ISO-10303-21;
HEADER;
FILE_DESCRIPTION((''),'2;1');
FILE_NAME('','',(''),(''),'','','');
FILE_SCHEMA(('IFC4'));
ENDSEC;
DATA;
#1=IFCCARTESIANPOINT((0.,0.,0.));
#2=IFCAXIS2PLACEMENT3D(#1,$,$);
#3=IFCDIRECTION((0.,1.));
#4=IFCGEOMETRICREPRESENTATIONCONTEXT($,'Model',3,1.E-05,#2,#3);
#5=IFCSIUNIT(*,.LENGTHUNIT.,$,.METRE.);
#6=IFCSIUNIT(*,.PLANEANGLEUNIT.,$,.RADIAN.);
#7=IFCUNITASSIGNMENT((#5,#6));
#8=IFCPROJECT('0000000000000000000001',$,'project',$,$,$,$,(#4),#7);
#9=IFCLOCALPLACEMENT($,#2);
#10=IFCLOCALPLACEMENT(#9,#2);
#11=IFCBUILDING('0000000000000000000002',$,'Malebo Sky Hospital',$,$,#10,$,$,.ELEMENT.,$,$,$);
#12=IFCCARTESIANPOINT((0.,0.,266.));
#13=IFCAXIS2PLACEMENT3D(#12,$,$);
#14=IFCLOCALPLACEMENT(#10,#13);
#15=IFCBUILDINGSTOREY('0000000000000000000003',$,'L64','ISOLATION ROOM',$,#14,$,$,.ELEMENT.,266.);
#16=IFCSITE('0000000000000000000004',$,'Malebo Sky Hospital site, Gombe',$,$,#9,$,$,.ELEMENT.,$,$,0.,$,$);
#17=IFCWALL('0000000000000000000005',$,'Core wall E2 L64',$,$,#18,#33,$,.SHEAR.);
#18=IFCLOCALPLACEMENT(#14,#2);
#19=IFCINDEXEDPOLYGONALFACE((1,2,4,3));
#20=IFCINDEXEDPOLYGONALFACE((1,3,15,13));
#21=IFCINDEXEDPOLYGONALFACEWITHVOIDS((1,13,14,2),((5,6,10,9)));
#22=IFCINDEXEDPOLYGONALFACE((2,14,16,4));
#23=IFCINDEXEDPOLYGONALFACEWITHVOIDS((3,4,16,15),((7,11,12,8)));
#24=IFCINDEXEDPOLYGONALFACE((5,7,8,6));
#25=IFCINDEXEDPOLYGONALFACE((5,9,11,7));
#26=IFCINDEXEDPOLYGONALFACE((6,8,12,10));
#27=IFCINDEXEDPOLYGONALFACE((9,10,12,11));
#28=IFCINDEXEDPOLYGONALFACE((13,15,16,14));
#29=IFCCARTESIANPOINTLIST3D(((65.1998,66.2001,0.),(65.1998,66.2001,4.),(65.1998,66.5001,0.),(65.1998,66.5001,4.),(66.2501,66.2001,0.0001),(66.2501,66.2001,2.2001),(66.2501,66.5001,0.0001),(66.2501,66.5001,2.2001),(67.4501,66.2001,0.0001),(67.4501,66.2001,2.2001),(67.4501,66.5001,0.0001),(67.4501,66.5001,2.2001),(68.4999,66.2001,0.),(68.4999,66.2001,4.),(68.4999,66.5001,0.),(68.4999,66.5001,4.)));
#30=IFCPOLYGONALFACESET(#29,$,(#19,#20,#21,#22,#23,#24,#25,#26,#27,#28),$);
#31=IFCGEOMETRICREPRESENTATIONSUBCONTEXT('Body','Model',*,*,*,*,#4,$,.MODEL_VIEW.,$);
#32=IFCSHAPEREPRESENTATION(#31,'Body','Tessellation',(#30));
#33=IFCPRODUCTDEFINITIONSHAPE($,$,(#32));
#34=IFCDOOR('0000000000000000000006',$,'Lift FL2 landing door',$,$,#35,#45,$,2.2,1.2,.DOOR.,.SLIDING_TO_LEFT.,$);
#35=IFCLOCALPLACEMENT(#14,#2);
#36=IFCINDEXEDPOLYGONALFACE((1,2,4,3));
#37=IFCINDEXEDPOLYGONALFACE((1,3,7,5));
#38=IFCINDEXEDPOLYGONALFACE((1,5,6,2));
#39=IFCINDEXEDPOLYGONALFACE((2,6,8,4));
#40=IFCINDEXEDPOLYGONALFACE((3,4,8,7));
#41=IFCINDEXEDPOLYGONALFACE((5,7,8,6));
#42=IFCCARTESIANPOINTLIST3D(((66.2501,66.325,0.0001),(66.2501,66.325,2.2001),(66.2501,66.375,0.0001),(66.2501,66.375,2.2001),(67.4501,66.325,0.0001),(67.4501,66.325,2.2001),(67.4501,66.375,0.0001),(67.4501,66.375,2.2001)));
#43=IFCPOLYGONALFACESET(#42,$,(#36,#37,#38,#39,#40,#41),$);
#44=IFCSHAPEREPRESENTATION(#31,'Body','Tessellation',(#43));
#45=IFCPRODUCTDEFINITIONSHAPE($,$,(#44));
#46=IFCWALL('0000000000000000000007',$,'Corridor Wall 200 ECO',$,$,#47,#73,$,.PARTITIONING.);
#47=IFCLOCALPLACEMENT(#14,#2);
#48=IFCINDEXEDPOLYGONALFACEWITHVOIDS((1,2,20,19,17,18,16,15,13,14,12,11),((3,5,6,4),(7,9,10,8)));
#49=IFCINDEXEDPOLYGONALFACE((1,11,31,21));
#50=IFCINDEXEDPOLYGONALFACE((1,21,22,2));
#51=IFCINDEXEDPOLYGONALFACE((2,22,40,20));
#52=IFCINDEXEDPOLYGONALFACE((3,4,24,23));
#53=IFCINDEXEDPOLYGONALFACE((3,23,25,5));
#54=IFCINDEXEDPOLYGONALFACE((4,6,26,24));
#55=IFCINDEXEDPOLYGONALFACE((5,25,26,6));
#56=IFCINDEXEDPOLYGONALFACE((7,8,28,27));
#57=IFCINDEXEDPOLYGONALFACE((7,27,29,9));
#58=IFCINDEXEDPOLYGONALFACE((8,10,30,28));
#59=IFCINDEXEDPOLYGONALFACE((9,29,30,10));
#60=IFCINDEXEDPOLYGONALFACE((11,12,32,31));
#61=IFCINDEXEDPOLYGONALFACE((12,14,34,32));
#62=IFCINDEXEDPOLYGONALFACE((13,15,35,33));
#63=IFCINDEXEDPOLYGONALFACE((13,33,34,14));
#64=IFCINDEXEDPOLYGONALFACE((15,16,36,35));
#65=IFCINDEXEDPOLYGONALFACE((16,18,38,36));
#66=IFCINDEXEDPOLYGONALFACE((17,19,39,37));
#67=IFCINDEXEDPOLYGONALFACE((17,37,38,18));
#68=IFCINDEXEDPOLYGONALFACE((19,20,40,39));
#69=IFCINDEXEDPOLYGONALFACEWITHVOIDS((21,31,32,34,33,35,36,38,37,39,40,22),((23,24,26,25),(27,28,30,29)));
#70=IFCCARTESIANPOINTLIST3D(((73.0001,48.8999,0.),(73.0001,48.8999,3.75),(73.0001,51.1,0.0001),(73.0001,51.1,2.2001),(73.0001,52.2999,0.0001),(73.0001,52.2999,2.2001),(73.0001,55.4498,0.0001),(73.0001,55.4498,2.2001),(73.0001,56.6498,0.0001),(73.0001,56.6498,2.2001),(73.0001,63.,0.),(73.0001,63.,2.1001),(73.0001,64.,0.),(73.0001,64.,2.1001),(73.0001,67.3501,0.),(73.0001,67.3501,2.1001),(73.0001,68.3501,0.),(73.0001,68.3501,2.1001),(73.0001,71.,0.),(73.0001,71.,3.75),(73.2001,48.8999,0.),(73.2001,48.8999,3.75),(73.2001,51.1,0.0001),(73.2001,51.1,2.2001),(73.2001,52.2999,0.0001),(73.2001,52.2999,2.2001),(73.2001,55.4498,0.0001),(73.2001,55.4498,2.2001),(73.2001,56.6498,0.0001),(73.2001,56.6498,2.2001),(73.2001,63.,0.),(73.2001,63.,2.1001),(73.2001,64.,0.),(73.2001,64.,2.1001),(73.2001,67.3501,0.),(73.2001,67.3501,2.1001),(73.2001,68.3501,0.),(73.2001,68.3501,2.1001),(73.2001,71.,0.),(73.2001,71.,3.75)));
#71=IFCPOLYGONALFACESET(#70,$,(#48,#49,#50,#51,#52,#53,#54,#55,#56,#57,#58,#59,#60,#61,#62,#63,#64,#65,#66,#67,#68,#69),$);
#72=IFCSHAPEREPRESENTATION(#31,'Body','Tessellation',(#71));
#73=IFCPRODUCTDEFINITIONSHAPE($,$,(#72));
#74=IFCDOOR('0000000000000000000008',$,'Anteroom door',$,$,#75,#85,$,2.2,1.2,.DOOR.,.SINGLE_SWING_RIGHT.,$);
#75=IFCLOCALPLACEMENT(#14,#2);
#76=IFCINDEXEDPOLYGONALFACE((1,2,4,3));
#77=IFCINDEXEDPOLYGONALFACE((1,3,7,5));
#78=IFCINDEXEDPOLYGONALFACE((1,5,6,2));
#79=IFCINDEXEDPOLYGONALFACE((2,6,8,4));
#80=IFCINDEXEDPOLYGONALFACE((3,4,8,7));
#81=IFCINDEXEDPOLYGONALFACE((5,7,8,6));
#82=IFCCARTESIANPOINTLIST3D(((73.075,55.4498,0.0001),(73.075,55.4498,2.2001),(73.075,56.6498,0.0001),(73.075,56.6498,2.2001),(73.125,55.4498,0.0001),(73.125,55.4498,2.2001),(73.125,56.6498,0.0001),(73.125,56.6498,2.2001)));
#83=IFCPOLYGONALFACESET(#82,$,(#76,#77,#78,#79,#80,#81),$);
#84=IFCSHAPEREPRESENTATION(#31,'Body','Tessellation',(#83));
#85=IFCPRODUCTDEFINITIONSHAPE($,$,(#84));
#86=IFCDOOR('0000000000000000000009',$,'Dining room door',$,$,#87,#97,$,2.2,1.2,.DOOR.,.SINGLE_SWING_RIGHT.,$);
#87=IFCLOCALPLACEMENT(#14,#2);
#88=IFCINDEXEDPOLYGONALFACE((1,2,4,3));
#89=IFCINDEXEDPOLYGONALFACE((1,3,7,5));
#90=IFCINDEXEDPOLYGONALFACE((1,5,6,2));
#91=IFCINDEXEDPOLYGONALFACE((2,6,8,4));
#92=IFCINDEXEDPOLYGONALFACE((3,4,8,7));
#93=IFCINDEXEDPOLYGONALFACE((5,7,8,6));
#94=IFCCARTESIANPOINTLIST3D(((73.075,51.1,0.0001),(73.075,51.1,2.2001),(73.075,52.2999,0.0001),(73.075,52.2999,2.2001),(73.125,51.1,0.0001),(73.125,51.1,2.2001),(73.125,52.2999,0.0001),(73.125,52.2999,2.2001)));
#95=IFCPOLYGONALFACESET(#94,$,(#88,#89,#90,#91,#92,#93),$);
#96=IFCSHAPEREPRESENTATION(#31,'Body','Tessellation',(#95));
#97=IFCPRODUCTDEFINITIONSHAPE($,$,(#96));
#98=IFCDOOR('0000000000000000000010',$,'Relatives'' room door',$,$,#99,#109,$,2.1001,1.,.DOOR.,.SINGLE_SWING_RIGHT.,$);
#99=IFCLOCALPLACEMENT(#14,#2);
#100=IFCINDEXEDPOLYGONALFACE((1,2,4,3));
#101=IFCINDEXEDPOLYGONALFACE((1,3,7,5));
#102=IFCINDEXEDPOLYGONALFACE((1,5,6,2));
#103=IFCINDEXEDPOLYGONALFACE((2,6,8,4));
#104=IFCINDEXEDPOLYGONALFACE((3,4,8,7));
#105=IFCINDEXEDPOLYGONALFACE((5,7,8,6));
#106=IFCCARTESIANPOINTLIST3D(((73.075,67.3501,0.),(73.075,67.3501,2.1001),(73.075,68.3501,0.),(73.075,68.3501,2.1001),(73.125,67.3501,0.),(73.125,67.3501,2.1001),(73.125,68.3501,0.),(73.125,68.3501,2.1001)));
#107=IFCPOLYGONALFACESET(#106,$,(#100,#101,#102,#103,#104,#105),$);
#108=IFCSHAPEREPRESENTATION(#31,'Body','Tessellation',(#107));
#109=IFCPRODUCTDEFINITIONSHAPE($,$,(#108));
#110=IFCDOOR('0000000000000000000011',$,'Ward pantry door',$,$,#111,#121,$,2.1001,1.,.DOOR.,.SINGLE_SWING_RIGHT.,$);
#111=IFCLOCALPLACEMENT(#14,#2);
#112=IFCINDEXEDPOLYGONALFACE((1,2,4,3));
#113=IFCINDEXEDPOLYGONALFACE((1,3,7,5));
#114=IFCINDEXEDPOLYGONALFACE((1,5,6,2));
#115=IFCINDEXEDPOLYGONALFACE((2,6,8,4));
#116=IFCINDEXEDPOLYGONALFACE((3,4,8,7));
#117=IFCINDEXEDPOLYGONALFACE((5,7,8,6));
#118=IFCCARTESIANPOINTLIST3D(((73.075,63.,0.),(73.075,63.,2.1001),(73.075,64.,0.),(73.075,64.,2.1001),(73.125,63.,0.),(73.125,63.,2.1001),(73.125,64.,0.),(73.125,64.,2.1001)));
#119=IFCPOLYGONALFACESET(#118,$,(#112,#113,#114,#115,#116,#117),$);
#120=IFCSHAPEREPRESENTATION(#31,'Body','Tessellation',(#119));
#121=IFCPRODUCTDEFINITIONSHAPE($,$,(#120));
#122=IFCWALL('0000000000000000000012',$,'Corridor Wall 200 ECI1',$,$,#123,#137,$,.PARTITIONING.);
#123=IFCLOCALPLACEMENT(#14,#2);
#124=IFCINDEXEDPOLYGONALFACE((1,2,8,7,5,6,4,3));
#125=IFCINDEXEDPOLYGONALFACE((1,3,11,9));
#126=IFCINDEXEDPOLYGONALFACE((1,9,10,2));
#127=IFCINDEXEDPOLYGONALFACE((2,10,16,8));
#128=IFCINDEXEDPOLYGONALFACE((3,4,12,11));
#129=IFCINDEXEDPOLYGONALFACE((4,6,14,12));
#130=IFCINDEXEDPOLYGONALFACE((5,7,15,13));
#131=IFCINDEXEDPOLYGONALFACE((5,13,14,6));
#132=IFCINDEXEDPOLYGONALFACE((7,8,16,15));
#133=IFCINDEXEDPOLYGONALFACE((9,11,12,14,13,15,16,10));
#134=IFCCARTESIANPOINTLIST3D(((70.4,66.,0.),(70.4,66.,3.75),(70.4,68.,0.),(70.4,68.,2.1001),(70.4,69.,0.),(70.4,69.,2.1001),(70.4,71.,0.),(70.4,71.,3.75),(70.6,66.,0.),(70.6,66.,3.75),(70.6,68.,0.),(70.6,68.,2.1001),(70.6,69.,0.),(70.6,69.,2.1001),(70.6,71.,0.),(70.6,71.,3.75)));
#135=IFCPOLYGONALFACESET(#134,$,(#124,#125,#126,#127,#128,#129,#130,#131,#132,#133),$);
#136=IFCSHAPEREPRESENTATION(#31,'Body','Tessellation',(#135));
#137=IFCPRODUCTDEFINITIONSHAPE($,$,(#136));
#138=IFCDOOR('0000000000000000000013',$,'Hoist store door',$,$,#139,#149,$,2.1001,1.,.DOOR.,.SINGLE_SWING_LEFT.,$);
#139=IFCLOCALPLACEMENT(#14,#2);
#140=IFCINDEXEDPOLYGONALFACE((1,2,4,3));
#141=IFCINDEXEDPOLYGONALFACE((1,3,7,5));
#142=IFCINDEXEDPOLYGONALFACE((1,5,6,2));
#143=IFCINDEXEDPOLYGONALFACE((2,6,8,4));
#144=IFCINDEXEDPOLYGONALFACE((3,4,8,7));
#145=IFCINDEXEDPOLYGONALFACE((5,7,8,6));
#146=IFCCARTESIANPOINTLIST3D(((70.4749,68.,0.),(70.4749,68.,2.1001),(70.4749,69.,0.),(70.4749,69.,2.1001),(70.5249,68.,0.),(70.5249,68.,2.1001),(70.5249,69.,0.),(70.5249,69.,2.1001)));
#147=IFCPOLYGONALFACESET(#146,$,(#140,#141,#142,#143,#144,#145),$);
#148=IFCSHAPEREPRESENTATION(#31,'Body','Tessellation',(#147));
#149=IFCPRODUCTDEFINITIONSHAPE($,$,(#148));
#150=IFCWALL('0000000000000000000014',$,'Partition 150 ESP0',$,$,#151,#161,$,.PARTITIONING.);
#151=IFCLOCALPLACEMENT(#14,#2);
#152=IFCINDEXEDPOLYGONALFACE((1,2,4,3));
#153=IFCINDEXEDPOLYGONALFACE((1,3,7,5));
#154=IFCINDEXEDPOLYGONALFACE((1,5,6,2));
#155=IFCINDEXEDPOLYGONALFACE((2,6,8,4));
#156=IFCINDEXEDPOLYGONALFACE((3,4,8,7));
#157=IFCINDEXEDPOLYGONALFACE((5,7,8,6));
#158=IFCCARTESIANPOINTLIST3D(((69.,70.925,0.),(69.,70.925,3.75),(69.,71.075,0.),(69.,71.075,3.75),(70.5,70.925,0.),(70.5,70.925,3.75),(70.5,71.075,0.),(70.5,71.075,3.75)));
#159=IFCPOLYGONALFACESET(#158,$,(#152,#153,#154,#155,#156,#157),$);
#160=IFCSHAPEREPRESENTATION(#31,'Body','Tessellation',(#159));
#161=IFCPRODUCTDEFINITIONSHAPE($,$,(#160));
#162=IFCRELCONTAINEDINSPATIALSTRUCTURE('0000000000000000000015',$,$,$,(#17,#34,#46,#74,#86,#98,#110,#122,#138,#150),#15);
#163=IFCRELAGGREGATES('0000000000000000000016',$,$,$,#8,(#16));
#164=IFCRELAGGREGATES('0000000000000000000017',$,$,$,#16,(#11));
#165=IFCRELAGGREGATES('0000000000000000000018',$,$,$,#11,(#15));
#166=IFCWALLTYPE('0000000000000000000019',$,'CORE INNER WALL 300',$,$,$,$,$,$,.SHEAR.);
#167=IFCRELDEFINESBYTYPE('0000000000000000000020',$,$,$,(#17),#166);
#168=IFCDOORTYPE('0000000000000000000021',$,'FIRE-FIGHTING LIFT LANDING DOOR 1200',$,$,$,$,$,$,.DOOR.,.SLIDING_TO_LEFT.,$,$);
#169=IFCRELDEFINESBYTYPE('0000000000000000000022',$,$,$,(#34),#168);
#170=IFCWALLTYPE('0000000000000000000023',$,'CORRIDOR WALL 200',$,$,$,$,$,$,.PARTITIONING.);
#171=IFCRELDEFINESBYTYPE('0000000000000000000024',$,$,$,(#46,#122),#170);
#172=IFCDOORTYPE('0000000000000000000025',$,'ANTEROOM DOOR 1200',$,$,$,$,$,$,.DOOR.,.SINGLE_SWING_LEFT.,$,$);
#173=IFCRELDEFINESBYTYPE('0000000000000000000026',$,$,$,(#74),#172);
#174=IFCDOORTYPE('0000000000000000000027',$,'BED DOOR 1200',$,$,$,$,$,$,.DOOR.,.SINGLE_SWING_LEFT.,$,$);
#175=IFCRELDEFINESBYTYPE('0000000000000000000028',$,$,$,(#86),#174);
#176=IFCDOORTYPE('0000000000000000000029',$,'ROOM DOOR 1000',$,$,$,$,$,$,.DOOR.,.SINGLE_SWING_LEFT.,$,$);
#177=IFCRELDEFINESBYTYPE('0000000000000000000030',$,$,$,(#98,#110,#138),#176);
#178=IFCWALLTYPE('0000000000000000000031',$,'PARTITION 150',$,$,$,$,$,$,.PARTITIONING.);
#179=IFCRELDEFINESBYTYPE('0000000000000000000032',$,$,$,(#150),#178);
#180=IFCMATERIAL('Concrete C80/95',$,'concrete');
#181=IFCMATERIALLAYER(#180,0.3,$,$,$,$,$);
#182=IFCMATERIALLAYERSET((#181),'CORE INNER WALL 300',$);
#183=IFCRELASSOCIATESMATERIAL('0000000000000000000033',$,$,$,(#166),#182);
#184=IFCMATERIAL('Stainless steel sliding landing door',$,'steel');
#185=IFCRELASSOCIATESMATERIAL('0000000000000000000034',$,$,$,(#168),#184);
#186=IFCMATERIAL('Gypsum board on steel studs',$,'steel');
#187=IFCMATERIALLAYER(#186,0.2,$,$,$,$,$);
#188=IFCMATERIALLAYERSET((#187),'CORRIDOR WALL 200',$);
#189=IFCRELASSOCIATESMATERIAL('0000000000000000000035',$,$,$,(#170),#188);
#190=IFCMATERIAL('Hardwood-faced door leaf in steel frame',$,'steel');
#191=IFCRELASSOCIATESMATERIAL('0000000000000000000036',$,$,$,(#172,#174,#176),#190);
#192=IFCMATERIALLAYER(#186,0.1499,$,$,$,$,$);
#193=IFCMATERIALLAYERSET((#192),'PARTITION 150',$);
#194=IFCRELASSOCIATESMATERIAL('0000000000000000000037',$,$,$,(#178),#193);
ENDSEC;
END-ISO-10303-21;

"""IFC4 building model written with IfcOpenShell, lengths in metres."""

from ifc_helpers import new_model, si_unit, direction, frame, frame_2d, origin, place, context, subcontext, project, spatial, rectangle, extrude, material, layer, layer_set, type_object, element, fill, save


model = new_model("IFC4")

# Units and contexts
model_context = context("Model", 3, precision=1e-05, world=origin(), true_north=direction((0.0, 1.0)))
body_context = subcontext(model_context, "Body", "Model", "MODEL_VIEW")
ifc_project = project(units=[si_unit("LENGTHUNIT", "METRE"), si_unit("PLANEANGLEUNIT", "RADIAN")], contexts=[model_context])

# Site, building, storey
site_placement = place(None, origin())
site = spatial("IfcSite", under=ifc_project, at=site_placement, Name="Malebo Sky Hospital site, Gombe", CompositionType="ELEMENT", RefElevation=0.0)
building_placement = place(site_placement, origin())
building = spatial("IfcBuilding", under=site, at=building_placement, Name="Malebo Sky Hospital", CompositionType="ELEMENT")
storey_placement = place(building_placement, frame((0.0, 0.0, 266.0)))
storey = spatial("IfcBuildingStorey", under=building, at=storey_placement, Name="L64", Description="ISOLATION ROOM", CompositionType="ELEMENT", Elevation=266.0)

# Wall, opening, door
ifc_material_1 = material(Name="Concrete C80/95", Category="concrete")
ifc_layer_1 = layer(ifc_material_1, 0.3)
ifc_layer_set_1 = layer_set([ifc_layer_1], Name="CORE INNER WALL 300")
wall_type_1 = type_object("IfcWallType", Name="CORE INNER WALL 300", PredefinedType="SHEAR", material=ifc_layer_set_1)
wall_1_placement = place(storey_placement, frame((65.2, 66.3501, 0.0), z_axis=(0.0, 0.0, 1.0), x_axis=(1.0, 0.0, 0.0)))
wall_1 = element("IfcWall", 1, at=wall_1_placement, inside=storey, type_object=wall_type_1, Name="Core wall E2 L64", PredefinedType="SHEAR", context=body_context, shape_type="SweptSolid", body=[
    extrude(rectangle(XDim=3.3, YDim=0.3, at=frame_2d((1.6499, 0.0))), origin(), (0.0, 0.0, 1.0), 4.0),
])
opening_1_placement = place(wall_1_placement, frame((1.05, 0.0, 0.0)))
opening_1 = element("IfcOpeningElement", 2, at=opening_1_placement, cuts=wall_1, PredefinedType="OPENING", context=body_context, shape_type="SweptSolid", body=[
    extrude(rectangle(XDim=1.2, YDim=2.2, at=frame_2d((0.6001, 1.1001))), frame((0.0, 0.1599, 0.0), z_axis=(0.0, -1.0, 0.0), x_axis=(1.0, 0.0, 0.0)), (0.0, 0.0, 1.0), 0.3201),
])
ifc_material_2 = material(Name="Stainless steel sliding landing door", Category="steel")
door_type_1 = type_object("IfcDoorType", Name="FIRE-FIGHTING LIFT LANDING DOOR 1200", OperationType="SLIDING_TO_LEFT", PredefinedType="DOOR", material=ifc_material_2)
door_1_placement = place(opening_1_placement, origin())
door_1 = element("IfcDoor", 3, at=door_1_placement, inside=storey, type_object=door_type_1, Name="Lift FL2 landing door", OperationType="SLIDING_TO_LEFT", OverallHeight=2.2, OverallWidth=1.2, PredefinedType="DOOR", context=body_context, shape_type="SweptSolid", body=[
    extrude(rectangle(XDim=1.2, YDim=2.2, at=frame_2d((0.6001, 1.1001))), frame((0.0, 0.0249, 0.0), z_axis=(0.0, -1.0, 0.0), x_axis=(1.0, 0.0, 0.0)), (0.0, 0.0, 1.0), 0.05),
])
fill(opening_1, door_1)

# Wall, openings, doors
ifc_material_3 = material(Name="Gypsum board on steel studs", Category="steel")
ifc_layer_2 = layer(ifc_material_3, 0.2)
ifc_layer_set_2 = layer_set([ifc_layer_2], Name="CORRIDOR WALL 200")
wall_type_2 = type_object("IfcWallType", Name="CORRIDOR WALL 200", PredefinedType="PARTITIONING", material=ifc_layer_set_2)
wall_2_placement = place(storey_placement, frame((73.1001, 71.0, 0.0), z_axis=(0.0, 0.0, 1.0), x_axis=(0.0, -1.0, 0.0)))
wall_2 = element("IfcWall", 4, at=wall_2_placement, inside=storey, type_object=wall_type_2, Name="Corridor Wall 200 ECO", PredefinedType="PARTITIONING", context=body_context, shape_type="SweptSolid", body=[
    extrude(rectangle(XDim=22.1001, YDim=0.2, at=frame_2d((11.05, 0.0))), origin(), (0.0, 0.0, 1.0), 3.75),
])
opening_2_placement = place(wall_2_placement, frame((2.6499, 0.0, 0.0)))
opening_2 = element("IfcOpeningElement", 5, at=opening_2_placement, cuts=wall_2, PredefinedType="OPENING", context=body_context, shape_type="SweptSolid", body=[
    extrude(rectangle(XDim=1.0, YDim=2.1001, at=frame_2d((0.5, 1.05))), frame((0.0, 0.1099, 0.0), z_axis=(0.0, -1.0, 0.0), x_axis=(1.0, 0.0, 0.0)), (0.0, 0.0, 1.0), 0.22),
])
opening_3_placement = place(wall_2_placement, frame((7.0, 0.0, 0.0)))
opening_3 = element("IfcOpeningElement", 6, at=opening_3_placement, cuts=wall_2, PredefinedType="OPENING", context=body_context, shape_type="SweptSolid", body=[
    extrude(rectangle(XDim=1.0, YDim=2.1001, at=frame_2d((0.5, 1.05))), frame((0.0, 0.1099, 0.0), z_axis=(0.0, -1.0, 0.0), x_axis=(1.0, 0.0, 0.0)), (0.0, 0.0, 1.0), 0.22),
])
opening_4_placement = place(wall_2_placement, frame((14.3501, 0.0, 0.0)))
opening_4 = element("IfcOpeningElement", 7, at=opening_4_placement, cuts=wall_2, PredefinedType="OPENING", context=body_context, shape_type="SweptSolid", body=[
    extrude(rectangle(XDim=1.2, YDim=2.2, at=frame_2d((0.6001, 1.1001))), frame((0.0, 0.1099, 0.0), z_axis=(0.0, -1.0, 0.0), x_axis=(1.0, 0.0, 0.0)), (0.0, 0.0, 1.0), 0.22),
])
opening_5_placement = place(wall_2_placement, frame((18.7, 0.0, 0.0)))
opening_5 = element("IfcOpeningElement", 8, at=opening_5_placement, cuts=wall_2, PredefinedType="OPENING", context=body_context, shape_type="SweptSolid", body=[
    extrude(rectangle(XDim=1.2, YDim=2.2, at=frame_2d((0.6001, 1.1001))), frame((0.0, 0.1099, 0.0), z_axis=(0.0, -1.0, 0.0), x_axis=(1.0, 0.0, 0.0)), (0.0, 0.0, 1.0), 0.22),
])
ifc_material_4 = material(Name="Hardwood-faced door leaf in steel frame", Category="steel")
door_type_2 = type_object("IfcDoorType", Name="ANTEROOM DOOR 1200", OperationType="SINGLE_SWING_LEFT", PredefinedType="DOOR", material=ifc_material_4)
door_2_placement = place(opening_4_placement, origin())
door_2 = element("IfcDoor", 9, at=door_2_placement, inside=storey, type_object=door_type_2, Name="Anteroom door", OperationType="SINGLE_SWING_RIGHT", OverallHeight=2.2, OverallWidth=1.2, PredefinedType="DOOR", context=body_context, shape_type="SweptSolid", body=[
    extrude(rectangle(XDim=1.2, YDim=2.2, at=frame_2d((0.6001, 1.1001))), frame((0.0, 0.0249, 0.0), z_axis=(0.0, -1.0, 0.0), x_axis=(1.0, 0.0, 0.0)), (0.0, 0.0, 1.0), 0.05),
])
fill(opening_4, door_2)
door_type_3 = type_object("IfcDoorType", Name="BED DOOR 1200", OperationType="SINGLE_SWING_LEFT", PredefinedType="DOOR", material=ifc_material_4)
door_3_placement = place(opening_5_placement, origin())
door_3 = element("IfcDoor", 10, at=door_3_placement, inside=storey, type_object=door_type_3, Name="Dining room door", OperationType="SINGLE_SWING_RIGHT", OverallHeight=2.2, OverallWidth=1.2, PredefinedType="DOOR", context=body_context, shape_type="SweptSolid", body=[
    extrude(rectangle(XDim=1.2, YDim=2.2, at=frame_2d((0.6001, 1.1001))), frame((0.0, 0.0249, 0.0), z_axis=(0.0, -1.0, 0.0), x_axis=(1.0, 0.0, 0.0)), (0.0, 0.0, 1.0), 0.05),
])
fill(opening_5, door_3)
door_type_4 = type_object("IfcDoorType", Name="ROOM DOOR 1000", OperationType="SINGLE_SWING_LEFT", PredefinedType="DOOR", material=ifc_material_4)
door_4_placement = place(opening_2_placement, origin())
door_4 = element("IfcDoor", 11, at=door_4_placement, inside=storey, type_object=door_type_4, Name="Relatives' room door", OperationType="SINGLE_SWING_RIGHT", OverallHeight=2.1001, OverallWidth=1.0, PredefinedType="DOOR", context=body_context, shape_type="SweptSolid", body=[
    extrude(rectangle(XDim=1.0, YDim=2.1001, at=frame_2d((0.5, 1.05))), frame((0.0, 0.0249, 0.0), z_axis=(0.0, -1.0, 0.0), x_axis=(1.0, 0.0, 0.0)), (0.0, 0.0, 1.0), 0.05),
])
fill(opening_2, door_4)
door_5_placement = place(opening_3_placement, origin())
door_5 = element("IfcDoor", 12, at=door_5_placement, inside=storey, type_object=door_type_4, Name="Ward pantry door", OperationType="SINGLE_SWING_RIGHT", OverallHeight=2.1001, OverallWidth=1.0, PredefinedType="DOOR", context=body_context, shape_type="SweptSolid", body=[
    extrude(rectangle(XDim=1.0, YDim=2.1001, at=frame_2d((0.5, 1.05))), frame((0.0, 0.0249, 0.0), z_axis=(0.0, -1.0, 0.0), x_axis=(1.0, 0.0, 0.0)), (0.0, 0.0, 1.0), 0.05),
])
fill(opening_3, door_5)

# Wall, opening, door
wall_3_placement = place(storey_placement, frame((70.5, 71.0, 0.0), z_axis=(0.0, 0.0, 1.0), x_axis=(0.0, -1.0, 0.0)))
wall_3 = element("IfcWall", 13, at=wall_3_placement, inside=storey, type_object=wall_type_2, Name="Corridor Wall 200 ECI1", PredefinedType="PARTITIONING", context=body_context, shape_type="SweptSolid", body=[
    extrude(rectangle(XDim=5.0, YDim=0.2, at=frame_2d((2.5, 0.0))), origin(), (0.0, 0.0, 1.0), 3.75),
])
opening_6_placement = place(wall_3_placement, frame((2.0, 0.0, 0.0)))
opening_6 = element("IfcOpeningElement", 14, at=opening_6_placement, cuts=wall_3, PredefinedType="OPENING", context=body_context, shape_type="SweptSolid", body=[
    extrude(rectangle(XDim=1.0, YDim=2.1001, at=frame_2d((0.5, 1.05))), frame((0.0, 0.1099, 0.0), z_axis=(0.0, -1.0, 0.0), x_axis=(1.0, 0.0, 0.0)), (0.0, 0.0, 1.0), 0.22),
])
door_6_placement = place(opening_6_placement, origin())
door_6 = element("IfcDoor", 15, at=door_6_placement, inside=storey, type_object=door_type_4, Name="Hoist store door", OperationType="SINGLE_SWING_LEFT", OverallHeight=2.1001, OverallWidth=1.0, PredefinedType="DOOR", context=body_context, shape_type="SweptSolid", body=[
    extrude(rectangle(XDim=1.0, YDim=2.1001, at=frame_2d((0.5, 1.05))), frame((0.0, 0.0249, 0.0), z_axis=(0.0, -1.0, 0.0), x_axis=(1.0, 0.0, 0.0)), (0.0, 0.0, 1.0), 0.05),
])
fill(opening_6, door_6)

# Wall
ifc_layer_3 = layer(ifc_material_3, 0.1499)
ifc_layer_set_3 = layer_set([ifc_layer_3], Name="PARTITION 150")
wall_type_3 = type_object("IfcWallType", Name="PARTITION 150", PredefinedType="PARTITIONING", material=ifc_layer_set_3)
wall_4_placement = place(storey_placement, frame((69.0, 71.0, 0.0), z_axis=(0.0, 0.0, 1.0), x_axis=(1.0, 0.0, 0.0)))
element("IfcWall", 16, at=wall_4_placement, inside=storey, type_object=wall_type_3, Name="Partition 150 ESP0", PredefinedType="PARTITIONING", context=body_context, shape_type="SweptSolid", body=[
    extrude(rectangle(XDim=1.5, YDim=0.1499, at=frame_2d((0.75, 0.0))), origin(), (0.0, 0.0, 1.0), 3.75),
])

save(model, "model.ifc")
